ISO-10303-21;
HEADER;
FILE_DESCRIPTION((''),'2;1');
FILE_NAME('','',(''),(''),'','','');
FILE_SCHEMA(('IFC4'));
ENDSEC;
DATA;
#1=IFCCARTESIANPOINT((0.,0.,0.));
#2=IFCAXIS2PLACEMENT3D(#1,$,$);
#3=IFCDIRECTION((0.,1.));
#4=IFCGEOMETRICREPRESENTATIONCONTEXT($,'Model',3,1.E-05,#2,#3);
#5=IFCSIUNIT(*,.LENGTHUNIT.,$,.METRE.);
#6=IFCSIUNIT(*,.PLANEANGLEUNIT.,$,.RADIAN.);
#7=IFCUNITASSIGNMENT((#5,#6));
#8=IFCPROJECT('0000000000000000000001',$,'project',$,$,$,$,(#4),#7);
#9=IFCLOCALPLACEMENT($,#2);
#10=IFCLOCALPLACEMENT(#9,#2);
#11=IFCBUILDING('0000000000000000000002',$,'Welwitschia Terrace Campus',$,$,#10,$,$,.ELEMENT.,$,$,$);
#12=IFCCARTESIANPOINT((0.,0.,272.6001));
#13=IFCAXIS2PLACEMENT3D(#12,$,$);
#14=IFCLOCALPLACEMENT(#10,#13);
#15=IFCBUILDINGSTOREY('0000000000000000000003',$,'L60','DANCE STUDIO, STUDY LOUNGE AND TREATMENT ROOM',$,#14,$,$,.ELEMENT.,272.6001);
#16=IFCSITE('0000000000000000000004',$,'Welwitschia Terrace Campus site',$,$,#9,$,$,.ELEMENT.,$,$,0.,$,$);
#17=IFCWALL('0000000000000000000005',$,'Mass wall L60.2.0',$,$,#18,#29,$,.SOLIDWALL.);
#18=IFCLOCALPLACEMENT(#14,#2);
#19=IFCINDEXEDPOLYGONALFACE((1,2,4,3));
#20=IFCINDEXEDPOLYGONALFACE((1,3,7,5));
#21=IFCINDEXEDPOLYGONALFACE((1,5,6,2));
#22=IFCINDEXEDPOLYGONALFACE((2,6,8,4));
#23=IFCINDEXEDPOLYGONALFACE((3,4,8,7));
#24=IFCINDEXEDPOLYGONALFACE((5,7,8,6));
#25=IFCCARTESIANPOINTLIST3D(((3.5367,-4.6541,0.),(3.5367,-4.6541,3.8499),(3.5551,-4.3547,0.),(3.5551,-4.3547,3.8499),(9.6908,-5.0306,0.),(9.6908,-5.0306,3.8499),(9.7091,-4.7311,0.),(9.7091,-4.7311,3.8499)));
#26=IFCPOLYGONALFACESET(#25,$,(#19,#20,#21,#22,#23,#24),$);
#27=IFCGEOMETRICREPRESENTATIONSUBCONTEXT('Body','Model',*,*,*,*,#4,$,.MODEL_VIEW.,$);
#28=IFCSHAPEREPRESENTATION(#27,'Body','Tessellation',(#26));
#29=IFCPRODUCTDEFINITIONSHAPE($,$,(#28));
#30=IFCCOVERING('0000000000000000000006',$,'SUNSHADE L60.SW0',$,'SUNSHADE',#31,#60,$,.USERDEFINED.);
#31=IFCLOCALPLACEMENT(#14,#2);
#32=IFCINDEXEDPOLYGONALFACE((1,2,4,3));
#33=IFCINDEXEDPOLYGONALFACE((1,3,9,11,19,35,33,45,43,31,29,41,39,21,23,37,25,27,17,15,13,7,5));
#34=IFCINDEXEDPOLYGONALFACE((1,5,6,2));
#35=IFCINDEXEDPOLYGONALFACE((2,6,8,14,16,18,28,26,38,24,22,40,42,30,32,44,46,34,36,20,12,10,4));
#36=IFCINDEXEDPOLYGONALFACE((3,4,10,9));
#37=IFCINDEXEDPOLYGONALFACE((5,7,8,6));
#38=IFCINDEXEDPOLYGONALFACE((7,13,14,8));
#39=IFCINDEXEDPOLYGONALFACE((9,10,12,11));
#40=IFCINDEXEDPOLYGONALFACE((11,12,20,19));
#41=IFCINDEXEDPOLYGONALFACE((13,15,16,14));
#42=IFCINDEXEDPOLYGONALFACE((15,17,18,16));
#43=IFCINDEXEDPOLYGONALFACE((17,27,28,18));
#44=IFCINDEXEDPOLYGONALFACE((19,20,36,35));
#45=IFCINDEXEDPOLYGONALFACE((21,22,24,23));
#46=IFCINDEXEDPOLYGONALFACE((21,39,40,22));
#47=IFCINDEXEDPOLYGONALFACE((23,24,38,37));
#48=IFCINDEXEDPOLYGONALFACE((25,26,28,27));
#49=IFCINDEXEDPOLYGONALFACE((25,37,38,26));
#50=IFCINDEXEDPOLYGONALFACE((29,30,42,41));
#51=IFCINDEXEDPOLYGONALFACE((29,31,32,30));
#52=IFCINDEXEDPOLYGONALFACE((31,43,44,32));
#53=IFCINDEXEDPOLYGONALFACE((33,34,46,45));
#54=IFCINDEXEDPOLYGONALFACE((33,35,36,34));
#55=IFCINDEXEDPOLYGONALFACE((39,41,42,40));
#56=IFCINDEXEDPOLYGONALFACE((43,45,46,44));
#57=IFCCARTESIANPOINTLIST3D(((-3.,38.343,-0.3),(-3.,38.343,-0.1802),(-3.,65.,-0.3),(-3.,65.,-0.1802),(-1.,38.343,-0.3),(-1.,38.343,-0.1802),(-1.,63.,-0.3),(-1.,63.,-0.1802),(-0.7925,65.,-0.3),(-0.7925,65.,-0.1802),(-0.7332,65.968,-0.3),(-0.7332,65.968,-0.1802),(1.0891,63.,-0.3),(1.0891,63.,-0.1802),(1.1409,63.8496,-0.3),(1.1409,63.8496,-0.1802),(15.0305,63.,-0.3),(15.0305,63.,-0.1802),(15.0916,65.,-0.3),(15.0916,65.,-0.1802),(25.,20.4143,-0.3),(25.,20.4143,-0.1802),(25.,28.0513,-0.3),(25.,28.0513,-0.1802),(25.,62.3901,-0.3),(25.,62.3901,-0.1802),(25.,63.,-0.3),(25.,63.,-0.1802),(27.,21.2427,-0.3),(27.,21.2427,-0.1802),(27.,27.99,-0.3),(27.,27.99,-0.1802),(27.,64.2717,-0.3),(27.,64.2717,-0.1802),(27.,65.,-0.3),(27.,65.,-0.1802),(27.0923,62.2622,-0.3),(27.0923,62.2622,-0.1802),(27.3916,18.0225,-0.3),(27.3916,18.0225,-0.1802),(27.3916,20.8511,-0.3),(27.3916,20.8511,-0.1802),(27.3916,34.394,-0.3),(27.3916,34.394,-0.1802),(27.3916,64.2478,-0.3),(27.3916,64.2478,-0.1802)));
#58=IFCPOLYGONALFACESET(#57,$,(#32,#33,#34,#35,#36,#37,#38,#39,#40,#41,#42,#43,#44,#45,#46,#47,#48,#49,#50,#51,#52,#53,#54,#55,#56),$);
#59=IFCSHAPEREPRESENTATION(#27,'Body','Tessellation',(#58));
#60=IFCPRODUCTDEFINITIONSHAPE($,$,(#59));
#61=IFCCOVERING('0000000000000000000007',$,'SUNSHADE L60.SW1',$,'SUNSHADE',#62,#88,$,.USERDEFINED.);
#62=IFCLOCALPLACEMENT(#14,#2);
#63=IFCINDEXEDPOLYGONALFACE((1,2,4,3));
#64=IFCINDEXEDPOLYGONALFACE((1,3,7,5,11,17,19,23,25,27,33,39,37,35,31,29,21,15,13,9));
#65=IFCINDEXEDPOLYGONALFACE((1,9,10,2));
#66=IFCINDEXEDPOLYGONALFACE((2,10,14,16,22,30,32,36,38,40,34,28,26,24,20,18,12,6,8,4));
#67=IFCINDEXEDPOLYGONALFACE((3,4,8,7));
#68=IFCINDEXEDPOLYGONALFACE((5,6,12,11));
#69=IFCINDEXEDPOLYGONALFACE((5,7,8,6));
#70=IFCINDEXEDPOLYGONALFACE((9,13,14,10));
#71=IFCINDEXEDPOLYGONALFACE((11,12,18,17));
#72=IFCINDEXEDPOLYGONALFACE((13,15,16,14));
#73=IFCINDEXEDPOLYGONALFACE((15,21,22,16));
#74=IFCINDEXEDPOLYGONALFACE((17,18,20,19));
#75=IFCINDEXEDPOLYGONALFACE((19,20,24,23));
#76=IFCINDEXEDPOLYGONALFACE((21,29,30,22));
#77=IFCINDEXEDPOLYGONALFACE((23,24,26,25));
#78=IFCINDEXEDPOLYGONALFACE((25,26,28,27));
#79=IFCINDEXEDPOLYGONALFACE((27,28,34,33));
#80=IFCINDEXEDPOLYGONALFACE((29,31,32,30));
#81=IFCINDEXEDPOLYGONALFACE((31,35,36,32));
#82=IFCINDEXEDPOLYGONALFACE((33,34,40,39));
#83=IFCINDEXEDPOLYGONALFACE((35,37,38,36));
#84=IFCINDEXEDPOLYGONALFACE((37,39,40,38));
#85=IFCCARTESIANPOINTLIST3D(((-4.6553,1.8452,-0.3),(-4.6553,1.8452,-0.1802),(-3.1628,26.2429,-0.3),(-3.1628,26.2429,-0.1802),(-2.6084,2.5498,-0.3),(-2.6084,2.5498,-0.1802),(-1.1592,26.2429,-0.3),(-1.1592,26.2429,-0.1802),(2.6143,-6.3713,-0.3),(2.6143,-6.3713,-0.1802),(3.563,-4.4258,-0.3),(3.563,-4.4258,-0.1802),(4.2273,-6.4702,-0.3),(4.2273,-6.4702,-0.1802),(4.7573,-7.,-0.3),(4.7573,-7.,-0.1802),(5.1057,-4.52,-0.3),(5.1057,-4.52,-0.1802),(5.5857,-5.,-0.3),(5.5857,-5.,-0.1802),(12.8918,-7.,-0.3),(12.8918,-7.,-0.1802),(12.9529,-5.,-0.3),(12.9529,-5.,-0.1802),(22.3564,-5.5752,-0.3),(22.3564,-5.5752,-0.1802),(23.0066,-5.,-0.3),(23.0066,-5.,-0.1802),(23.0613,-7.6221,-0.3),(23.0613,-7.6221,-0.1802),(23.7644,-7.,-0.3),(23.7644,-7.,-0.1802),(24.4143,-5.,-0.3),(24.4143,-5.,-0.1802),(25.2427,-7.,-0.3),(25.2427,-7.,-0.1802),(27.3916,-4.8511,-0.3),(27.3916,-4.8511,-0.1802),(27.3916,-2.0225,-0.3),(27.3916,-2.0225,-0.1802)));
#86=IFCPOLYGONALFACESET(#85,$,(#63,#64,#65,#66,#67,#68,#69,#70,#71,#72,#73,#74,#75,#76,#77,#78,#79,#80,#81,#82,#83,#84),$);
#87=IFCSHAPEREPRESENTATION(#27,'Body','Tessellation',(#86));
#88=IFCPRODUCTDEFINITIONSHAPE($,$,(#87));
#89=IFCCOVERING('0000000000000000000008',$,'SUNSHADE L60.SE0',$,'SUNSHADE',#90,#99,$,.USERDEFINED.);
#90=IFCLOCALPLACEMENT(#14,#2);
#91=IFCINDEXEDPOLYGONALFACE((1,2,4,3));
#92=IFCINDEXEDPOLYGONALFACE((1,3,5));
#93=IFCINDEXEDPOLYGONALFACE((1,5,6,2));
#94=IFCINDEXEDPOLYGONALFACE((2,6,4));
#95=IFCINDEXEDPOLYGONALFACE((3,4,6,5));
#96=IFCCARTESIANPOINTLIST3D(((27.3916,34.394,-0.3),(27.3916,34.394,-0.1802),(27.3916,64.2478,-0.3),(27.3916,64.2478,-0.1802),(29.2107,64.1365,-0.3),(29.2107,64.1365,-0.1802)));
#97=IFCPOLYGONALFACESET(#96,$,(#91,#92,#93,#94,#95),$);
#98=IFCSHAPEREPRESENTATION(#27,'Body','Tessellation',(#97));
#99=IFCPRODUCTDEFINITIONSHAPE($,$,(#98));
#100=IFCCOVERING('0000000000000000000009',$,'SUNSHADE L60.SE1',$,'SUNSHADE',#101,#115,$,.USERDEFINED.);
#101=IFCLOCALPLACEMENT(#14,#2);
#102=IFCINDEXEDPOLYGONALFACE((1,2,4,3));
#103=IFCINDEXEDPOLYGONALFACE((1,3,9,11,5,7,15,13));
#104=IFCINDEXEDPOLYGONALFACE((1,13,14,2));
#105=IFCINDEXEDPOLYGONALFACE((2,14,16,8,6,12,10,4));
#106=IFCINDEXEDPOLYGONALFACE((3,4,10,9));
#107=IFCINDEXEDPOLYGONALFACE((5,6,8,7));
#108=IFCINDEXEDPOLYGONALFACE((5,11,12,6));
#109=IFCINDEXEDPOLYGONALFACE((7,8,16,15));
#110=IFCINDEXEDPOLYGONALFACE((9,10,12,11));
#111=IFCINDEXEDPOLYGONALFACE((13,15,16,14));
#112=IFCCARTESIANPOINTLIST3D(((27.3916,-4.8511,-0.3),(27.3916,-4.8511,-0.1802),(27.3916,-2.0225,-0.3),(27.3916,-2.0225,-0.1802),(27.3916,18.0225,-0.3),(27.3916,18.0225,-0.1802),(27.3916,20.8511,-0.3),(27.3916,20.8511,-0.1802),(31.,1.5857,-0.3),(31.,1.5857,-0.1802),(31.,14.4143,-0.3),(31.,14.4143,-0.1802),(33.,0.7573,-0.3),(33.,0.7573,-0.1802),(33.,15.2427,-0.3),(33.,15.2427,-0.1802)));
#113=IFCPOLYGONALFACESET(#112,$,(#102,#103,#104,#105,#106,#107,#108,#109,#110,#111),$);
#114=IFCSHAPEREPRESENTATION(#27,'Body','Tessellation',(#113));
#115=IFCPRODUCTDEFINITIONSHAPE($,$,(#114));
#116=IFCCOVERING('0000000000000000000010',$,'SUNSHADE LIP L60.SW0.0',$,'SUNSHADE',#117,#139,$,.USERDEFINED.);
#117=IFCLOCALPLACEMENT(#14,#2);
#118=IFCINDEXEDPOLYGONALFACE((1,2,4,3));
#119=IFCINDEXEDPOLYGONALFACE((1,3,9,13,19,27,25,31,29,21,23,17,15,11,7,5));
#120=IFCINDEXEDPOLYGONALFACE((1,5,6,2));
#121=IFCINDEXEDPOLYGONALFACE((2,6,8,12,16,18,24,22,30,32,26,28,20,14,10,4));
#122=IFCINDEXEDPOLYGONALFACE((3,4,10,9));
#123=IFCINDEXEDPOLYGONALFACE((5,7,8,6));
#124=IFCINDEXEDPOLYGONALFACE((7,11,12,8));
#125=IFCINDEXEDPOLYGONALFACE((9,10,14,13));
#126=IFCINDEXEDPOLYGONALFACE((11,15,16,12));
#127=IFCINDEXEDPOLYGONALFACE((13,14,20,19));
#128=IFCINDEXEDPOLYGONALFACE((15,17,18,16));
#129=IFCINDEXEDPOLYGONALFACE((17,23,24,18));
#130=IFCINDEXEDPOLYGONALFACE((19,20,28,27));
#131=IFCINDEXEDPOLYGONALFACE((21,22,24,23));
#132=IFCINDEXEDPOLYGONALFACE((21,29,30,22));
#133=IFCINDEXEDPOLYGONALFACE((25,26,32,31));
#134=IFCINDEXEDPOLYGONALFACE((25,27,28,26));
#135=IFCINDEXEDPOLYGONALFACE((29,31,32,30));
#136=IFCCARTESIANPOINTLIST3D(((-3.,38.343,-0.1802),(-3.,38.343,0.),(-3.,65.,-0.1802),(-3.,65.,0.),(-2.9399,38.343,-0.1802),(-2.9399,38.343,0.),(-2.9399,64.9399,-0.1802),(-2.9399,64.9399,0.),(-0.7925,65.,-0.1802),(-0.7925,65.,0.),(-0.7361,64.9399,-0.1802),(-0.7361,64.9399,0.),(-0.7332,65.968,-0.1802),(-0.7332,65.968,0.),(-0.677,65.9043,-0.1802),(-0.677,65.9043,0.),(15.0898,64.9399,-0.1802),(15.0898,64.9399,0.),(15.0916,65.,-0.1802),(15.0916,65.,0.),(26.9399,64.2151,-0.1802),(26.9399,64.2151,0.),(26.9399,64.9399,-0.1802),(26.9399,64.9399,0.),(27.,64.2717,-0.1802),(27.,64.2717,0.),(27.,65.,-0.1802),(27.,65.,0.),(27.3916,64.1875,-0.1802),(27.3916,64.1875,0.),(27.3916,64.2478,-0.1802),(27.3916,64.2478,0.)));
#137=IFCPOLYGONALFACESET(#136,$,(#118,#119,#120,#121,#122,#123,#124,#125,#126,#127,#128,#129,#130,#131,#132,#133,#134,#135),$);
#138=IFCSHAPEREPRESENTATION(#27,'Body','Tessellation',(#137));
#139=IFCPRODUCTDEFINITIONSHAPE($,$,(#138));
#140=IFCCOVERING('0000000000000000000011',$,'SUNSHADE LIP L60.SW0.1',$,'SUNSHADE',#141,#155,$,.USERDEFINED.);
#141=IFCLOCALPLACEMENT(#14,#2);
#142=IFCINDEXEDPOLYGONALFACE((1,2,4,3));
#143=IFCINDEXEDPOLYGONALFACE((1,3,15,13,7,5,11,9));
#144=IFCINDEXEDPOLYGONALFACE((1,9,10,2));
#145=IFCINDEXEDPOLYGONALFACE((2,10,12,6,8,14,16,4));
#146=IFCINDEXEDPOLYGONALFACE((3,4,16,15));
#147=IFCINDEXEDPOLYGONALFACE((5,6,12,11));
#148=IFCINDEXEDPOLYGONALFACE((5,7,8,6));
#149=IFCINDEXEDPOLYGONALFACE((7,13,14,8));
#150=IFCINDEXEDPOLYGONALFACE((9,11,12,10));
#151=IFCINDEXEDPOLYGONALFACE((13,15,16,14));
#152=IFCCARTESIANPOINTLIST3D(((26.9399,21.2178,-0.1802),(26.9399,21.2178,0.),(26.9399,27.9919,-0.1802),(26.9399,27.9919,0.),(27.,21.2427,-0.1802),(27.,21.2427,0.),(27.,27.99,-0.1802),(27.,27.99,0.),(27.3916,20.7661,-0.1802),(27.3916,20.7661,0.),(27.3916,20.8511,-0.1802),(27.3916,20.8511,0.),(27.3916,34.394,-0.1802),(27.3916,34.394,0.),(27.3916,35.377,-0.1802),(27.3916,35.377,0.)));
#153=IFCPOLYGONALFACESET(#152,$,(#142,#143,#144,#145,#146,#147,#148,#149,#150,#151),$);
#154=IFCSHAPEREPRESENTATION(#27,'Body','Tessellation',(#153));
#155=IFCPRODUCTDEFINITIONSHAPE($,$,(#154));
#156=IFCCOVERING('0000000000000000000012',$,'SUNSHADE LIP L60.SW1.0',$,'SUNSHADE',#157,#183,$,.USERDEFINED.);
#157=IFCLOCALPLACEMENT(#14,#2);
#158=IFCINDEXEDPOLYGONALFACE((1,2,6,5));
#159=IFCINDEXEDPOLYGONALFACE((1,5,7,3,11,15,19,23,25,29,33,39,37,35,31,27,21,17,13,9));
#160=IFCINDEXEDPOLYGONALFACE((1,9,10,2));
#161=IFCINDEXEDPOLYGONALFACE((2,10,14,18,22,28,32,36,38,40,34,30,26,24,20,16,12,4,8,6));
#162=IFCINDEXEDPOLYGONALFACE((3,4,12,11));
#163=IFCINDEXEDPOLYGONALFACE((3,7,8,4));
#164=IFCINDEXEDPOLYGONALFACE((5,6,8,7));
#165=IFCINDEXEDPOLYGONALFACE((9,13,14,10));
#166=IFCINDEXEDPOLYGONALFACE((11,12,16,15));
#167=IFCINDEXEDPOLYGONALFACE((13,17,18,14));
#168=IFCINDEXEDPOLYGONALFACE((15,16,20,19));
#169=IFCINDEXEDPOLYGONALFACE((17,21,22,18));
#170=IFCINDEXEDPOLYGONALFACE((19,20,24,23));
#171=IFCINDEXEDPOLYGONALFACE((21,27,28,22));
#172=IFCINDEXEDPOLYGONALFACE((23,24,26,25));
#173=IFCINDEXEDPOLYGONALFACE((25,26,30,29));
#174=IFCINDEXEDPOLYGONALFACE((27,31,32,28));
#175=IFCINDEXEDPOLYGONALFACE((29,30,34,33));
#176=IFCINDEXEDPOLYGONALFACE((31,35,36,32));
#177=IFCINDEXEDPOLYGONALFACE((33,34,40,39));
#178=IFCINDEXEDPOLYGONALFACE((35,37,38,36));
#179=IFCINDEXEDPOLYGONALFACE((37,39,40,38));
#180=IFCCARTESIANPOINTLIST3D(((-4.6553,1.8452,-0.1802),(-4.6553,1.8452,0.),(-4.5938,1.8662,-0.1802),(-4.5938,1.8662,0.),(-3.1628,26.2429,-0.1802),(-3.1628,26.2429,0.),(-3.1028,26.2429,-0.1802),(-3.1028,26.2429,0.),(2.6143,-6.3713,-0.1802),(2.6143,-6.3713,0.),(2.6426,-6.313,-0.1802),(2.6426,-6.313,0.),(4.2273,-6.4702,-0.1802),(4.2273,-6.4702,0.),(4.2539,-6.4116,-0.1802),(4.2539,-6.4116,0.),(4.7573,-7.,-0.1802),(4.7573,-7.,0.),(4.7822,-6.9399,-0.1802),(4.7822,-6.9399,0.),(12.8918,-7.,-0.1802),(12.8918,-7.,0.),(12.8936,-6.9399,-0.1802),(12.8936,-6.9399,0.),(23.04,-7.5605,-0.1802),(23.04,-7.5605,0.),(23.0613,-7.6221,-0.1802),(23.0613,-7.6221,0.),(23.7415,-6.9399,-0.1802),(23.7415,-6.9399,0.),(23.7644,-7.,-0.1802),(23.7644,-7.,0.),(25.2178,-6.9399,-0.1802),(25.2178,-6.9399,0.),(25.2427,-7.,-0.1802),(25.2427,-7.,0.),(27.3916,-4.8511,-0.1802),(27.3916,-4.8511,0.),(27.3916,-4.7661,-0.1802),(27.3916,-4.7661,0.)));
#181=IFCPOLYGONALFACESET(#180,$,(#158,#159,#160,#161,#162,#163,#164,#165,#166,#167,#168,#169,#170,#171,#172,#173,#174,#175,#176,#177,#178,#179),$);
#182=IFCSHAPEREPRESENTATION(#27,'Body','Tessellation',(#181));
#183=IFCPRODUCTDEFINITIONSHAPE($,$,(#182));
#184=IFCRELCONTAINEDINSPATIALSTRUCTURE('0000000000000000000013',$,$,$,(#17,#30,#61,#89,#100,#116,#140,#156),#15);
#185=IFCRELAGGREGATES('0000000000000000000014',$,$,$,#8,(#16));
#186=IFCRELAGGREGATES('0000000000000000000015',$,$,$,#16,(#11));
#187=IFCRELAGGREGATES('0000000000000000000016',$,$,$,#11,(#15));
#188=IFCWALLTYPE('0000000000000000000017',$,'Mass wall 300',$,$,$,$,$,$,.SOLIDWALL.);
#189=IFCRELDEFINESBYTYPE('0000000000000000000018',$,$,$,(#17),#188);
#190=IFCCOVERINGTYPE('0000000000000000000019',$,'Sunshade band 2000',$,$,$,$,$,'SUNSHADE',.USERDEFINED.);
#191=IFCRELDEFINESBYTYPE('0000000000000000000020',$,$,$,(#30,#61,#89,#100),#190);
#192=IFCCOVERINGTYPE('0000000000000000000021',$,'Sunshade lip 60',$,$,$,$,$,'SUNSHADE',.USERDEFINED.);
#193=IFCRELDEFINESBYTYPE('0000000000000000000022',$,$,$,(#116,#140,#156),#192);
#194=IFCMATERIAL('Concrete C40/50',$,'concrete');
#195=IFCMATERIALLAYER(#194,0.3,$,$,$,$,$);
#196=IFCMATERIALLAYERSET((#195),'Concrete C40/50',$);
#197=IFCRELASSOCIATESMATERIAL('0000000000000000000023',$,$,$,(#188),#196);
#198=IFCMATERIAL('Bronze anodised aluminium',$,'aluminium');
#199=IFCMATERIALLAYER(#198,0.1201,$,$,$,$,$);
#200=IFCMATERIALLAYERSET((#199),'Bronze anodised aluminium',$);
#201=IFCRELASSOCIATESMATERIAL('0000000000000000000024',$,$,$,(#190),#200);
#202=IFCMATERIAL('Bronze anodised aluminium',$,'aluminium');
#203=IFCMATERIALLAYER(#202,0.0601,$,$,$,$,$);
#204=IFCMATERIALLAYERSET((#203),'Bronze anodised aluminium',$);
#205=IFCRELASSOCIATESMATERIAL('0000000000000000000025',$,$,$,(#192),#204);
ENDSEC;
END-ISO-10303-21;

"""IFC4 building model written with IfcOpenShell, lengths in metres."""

from ifc_helpers import new_model, si_unit, direction, frame, frame_2d, origin, place, context, subcontext, project, spatial, polyline, rectangle, outline, extrude, material, layer, layer_set, type_object, element, save


model = new_model("IFC4")

# Units and contexts
model_context = context("Model", 3, precision=1e-05, world=origin(), true_north=direction((0.0, 1.0)))
body_context = subcontext(model_context, "Body", "Model", "MODEL_VIEW")
ifc_project = project(units=[si_unit("LENGTHUNIT", "METRE"), si_unit("PLANEANGLEUNIT", "RADIAN")], contexts=[model_context])

# Site, building, storey
site_placement = place(None, origin())
site = spatial("IfcSite", under=ifc_project, at=site_placement, Name="Welwitschia Terrace Campus site", CompositionType="ELEMENT", RefElevation=0.0)
building_placement = place(site_placement, origin())
building = spatial("IfcBuilding", under=site, at=building_placement, Name="Welwitschia Terrace Campus", CompositionType="ELEMENT")
storey_placement = place(building_placement, frame((0.0, 0.0, 272.6001)))
storey = spatial("IfcBuildingStorey", under=building, at=storey_placement, Name="L60", Description="DANCE STUDIO, STUDY LOUNGE AND TREATMENT ROOM", CompositionType="ELEMENT", Elevation=272.6001)

# Wall
ifc_material_1 = material(Name="Concrete C40/50", Category="concrete")
ifc_layer_1 = layer(ifc_material_1, 0.3)
ifc_layer_set_1 = layer_set([ifc_layer_1], Name="Concrete C40/50")
wall_type_1 = type_object("IfcWallType", Name="Mass wall 300", PredefinedType="SOLIDWALL", material=ifc_layer_set_1)
wall_1_placement = place(storey_placement, frame((3.5459, -4.5044, 0.0), z_axis=(0.0, 0.0, 1.0), x_axis=(0.998134, -0.061059, 0.0)))
element("IfcWall", 1, at=wall_1_placement, inside=storey, type_object=wall_type_1, Name="Mass wall L60.2.0", PredefinedType="SOLIDWALL", context=body_context, shape_type="SweptSolid", body=[
    extrude(rectangle(XDim=6.1655, YDim=0.3, at=frame_2d((3.0828, 0.0))), origin(), (0.0, 0.0, 1.0), 3.8499),
])

# Coverings
ifc_material_2 = material(Name="Bronze anodised aluminium", Category="aluminium")
ifc_layer_2 = layer(ifc_material_2, 0.1201)
ifc_layer_set_2 = layer_set([ifc_layer_2], Name="Bronze anodised aluminium")
covering_type_1 = type_object("IfcCoveringType", Name="Sunshade band 2000", ElementType="SUNSHADE", PredefinedType="USERDEFINED", material=ifc_layer_set_2)
covering_1_placement = place(storey_placement, frame((0.0, 0.0, -0.3)))
element("IfcCovering", 2, at=covering_1_placement, inside=storey, type_object=covering_type_1, Name="SUNSHADE L60.SW0", ObjectType="SUNSHADE", PredefinedType="USERDEFINED", context=body_context, shape_type="SweptSolid", body=[
    extrude(outline(polyline([(15.0916, 65.0), (27.0, 65.0), (27.0, 64.2717), (27.3916, 64.2478), (27.3916, 34.394), (27.0, 27.99), (27.0, 21.2427), (27.3916, 20.8511), (27.3916, 18.0225), (25.0, 20.4143), (25.0, 28.0513), (27.0923, 62.2622), (25.0, 62.3901), (25.0, 63.0), (15.0305, 63.0), (1.1409, 63.8496), (1.0891, 63.0), (-1.0, 63.0), (-1.0, 38.343), (-3.0, 38.343), (-3.0, 65.0), (-0.7925, 65.0), (-0.7332, 65.968), (15.0916, 65.0)])), origin(), (0.0, 0.0, 1.0), 0.1199),
])
covering_2_placement = place(storey_placement, frame((0.0, 0.0, -0.3)))
element("IfcCovering", 3, at=covering_2_placement, inside=storey, type_object=covering_type_1, Name="SUNSHADE L60.SW1", ObjectType="SUNSHADE", PredefinedType="USERDEFINED", context=body_context, shape_type="SweptSolid", body=[
    extrude(outline(polyline([(25.2427, -7.0), (23.7644, -7.0), (23.0613, -7.6221), (12.8918, -7.0), (4.7573, -7.0), (4.2273, -6.4702), (2.6143, -6.3713), (-4.6553, 1.8452), (-3.1628, 26.2429), (-1.1592, 26.2429), (-2.6084, 2.5498), (3.563, -4.4258), (5.1057, -4.52), (5.5857, -5.0), (12.9529, -5.0), (22.3564, -5.5752), (23.0066, -5.0), (24.4143, -5.0), (27.3916, -2.0225), (27.3916, -4.8511), (25.2427, -7.0)])), origin(), (0.0, 0.0, 1.0), 0.1199),
])
covering_3_placement = place(storey_placement, frame((0.0, 0.0, -0.3)))
element("IfcCovering", 4, at=covering_3_placement, inside=storey, type_object=covering_type_1, Name="SUNSHADE L60.SE0", ObjectType="SUNSHADE", PredefinedType="USERDEFINED", context=body_context, shape_type="SweptSolid", body=[
    extrude(outline(polyline([(29.2107, 64.1365), (27.3916, 34.394), (27.3916, 64.2478), (29.2107, 64.1365)])), origin(), (0.0, 0.0, 1.0), 0.1199),
])
covering_4_placement = place(storey_placement, frame((0.0, 0.0, -0.3)))
element("IfcCovering", 5, at=covering_4_placement, inside=storey, type_object=covering_type_1, Name="SUNSHADE L60.SE1", ObjectType="SUNSHADE", PredefinedType="USERDEFINED", context=body_context, shape_type="SweptSolid", body=[
    extrude(outline(polyline([(33.0, 15.2427), (33.0, 0.7573), (27.3916, -4.8511), (27.3916, -2.0225), (31.0, 1.5857), (31.0, 14.4143), (27.3916, 18.0225), (27.3916, 20.8511), (33.0, 15.2427)])), origin(), (0.0, 0.0, 1.0), 0.1199),
])
ifc_material_3 = material(Name="Bronze anodised aluminium", Category="aluminium")
ifc_layer_3 = layer(ifc_material_3, 0.0601)
ifc_layer_set_3 = layer_set([ifc_layer_3], Name="Bronze anodised aluminium")
covering_type_2 = type_object("IfcCoveringType", Name="Sunshade lip 60", ElementType="SUNSHADE", PredefinedType="USERDEFINED", material=ifc_layer_set_3)
covering_5_placement = place(storey_placement, frame((0.0, 0.0, -0.1802)))
element("IfcCovering", 6, at=covering_5_placement, inside=storey, type_object=covering_type_2, Name="SUNSHADE LIP L60.SW0.0", ObjectType="SUNSHADE", PredefinedType="USERDEFINED", context=body_context, shape_type="SweptSolid", body=[
    extrude(outline(polyline([(27.0, 65.0), (27.0, 64.2717), (27.3916, 64.2478), (27.3916, 64.1875), (26.9399, 64.2151), (26.9399, 64.9399), (15.0898, 64.9399), (-0.677, 65.9043), (-0.7361, 64.9399), (-2.9399, 64.9399), (-2.9399, 38.343), (-3.0, 38.343), (-3.0, 65.0), (-0.7925, 65.0), (-0.7332, 65.968), (15.0916, 65.0), (27.0, 65.0)])), origin(), (0.0, 0.0, 1.0), 0.1802),
])
covering_6_placement = place(storey_placement, frame((0.0, 0.0, -0.1802)))
element("IfcCovering", 7, at=covering_6_placement, inside=storey, type_object=covering_type_2, Name="SUNSHADE LIP L60.SW0.1", ObjectType="SUNSHADE", PredefinedType="USERDEFINED", context=body_context, shape_type="SweptSolid", body=[
    extrude(outline(polyline([(27.3916, 34.394), (27.0, 27.99), (27.0, 21.2427), (27.3916, 20.8511), (27.3916, 20.7661), (26.9399, 21.2178), (26.9399, 27.9919), (27.3916, 35.377), (27.3916, 34.394)])), origin(), (0.0, 0.0, 1.0), 0.1802),
])
covering_7_placement = place(storey_placement, frame((0.0, 0.0, -0.1802)))
element("IfcCovering", 8, at=covering_7_placement, inside=storey, type_object=covering_type_2, Name="SUNSHADE LIP L60.SW1.0", ObjectType="SUNSHADE", PredefinedType="USERDEFINED", context=body_context, shape_type="SweptSolid", body=[
    extrude(outline(polyline([(23.7644, -7.0), (23.0613, -7.6221), (12.8918, -7.0), (4.7573, -7.0), (4.2273, -6.4702), (2.6143, -6.3713), (-4.6553, 1.8452), (-3.1628, 26.2429), (-3.1028, 26.2429), (-4.5938, 1.8662), (2.6426, -6.313), (4.2539, -6.4116), (4.7822, -6.9399), (12.8936, -6.9399), (23.04, -7.5605), (23.7415, -6.9399), (25.2178, -6.9399), (27.3916, -4.7661), (27.3916, -4.8511), (25.2427, -7.0), (23.7644, -7.0)])), origin(), (0.0, 0.0, 1.0), 0.1802),
])

save(model, "model.ifc")
